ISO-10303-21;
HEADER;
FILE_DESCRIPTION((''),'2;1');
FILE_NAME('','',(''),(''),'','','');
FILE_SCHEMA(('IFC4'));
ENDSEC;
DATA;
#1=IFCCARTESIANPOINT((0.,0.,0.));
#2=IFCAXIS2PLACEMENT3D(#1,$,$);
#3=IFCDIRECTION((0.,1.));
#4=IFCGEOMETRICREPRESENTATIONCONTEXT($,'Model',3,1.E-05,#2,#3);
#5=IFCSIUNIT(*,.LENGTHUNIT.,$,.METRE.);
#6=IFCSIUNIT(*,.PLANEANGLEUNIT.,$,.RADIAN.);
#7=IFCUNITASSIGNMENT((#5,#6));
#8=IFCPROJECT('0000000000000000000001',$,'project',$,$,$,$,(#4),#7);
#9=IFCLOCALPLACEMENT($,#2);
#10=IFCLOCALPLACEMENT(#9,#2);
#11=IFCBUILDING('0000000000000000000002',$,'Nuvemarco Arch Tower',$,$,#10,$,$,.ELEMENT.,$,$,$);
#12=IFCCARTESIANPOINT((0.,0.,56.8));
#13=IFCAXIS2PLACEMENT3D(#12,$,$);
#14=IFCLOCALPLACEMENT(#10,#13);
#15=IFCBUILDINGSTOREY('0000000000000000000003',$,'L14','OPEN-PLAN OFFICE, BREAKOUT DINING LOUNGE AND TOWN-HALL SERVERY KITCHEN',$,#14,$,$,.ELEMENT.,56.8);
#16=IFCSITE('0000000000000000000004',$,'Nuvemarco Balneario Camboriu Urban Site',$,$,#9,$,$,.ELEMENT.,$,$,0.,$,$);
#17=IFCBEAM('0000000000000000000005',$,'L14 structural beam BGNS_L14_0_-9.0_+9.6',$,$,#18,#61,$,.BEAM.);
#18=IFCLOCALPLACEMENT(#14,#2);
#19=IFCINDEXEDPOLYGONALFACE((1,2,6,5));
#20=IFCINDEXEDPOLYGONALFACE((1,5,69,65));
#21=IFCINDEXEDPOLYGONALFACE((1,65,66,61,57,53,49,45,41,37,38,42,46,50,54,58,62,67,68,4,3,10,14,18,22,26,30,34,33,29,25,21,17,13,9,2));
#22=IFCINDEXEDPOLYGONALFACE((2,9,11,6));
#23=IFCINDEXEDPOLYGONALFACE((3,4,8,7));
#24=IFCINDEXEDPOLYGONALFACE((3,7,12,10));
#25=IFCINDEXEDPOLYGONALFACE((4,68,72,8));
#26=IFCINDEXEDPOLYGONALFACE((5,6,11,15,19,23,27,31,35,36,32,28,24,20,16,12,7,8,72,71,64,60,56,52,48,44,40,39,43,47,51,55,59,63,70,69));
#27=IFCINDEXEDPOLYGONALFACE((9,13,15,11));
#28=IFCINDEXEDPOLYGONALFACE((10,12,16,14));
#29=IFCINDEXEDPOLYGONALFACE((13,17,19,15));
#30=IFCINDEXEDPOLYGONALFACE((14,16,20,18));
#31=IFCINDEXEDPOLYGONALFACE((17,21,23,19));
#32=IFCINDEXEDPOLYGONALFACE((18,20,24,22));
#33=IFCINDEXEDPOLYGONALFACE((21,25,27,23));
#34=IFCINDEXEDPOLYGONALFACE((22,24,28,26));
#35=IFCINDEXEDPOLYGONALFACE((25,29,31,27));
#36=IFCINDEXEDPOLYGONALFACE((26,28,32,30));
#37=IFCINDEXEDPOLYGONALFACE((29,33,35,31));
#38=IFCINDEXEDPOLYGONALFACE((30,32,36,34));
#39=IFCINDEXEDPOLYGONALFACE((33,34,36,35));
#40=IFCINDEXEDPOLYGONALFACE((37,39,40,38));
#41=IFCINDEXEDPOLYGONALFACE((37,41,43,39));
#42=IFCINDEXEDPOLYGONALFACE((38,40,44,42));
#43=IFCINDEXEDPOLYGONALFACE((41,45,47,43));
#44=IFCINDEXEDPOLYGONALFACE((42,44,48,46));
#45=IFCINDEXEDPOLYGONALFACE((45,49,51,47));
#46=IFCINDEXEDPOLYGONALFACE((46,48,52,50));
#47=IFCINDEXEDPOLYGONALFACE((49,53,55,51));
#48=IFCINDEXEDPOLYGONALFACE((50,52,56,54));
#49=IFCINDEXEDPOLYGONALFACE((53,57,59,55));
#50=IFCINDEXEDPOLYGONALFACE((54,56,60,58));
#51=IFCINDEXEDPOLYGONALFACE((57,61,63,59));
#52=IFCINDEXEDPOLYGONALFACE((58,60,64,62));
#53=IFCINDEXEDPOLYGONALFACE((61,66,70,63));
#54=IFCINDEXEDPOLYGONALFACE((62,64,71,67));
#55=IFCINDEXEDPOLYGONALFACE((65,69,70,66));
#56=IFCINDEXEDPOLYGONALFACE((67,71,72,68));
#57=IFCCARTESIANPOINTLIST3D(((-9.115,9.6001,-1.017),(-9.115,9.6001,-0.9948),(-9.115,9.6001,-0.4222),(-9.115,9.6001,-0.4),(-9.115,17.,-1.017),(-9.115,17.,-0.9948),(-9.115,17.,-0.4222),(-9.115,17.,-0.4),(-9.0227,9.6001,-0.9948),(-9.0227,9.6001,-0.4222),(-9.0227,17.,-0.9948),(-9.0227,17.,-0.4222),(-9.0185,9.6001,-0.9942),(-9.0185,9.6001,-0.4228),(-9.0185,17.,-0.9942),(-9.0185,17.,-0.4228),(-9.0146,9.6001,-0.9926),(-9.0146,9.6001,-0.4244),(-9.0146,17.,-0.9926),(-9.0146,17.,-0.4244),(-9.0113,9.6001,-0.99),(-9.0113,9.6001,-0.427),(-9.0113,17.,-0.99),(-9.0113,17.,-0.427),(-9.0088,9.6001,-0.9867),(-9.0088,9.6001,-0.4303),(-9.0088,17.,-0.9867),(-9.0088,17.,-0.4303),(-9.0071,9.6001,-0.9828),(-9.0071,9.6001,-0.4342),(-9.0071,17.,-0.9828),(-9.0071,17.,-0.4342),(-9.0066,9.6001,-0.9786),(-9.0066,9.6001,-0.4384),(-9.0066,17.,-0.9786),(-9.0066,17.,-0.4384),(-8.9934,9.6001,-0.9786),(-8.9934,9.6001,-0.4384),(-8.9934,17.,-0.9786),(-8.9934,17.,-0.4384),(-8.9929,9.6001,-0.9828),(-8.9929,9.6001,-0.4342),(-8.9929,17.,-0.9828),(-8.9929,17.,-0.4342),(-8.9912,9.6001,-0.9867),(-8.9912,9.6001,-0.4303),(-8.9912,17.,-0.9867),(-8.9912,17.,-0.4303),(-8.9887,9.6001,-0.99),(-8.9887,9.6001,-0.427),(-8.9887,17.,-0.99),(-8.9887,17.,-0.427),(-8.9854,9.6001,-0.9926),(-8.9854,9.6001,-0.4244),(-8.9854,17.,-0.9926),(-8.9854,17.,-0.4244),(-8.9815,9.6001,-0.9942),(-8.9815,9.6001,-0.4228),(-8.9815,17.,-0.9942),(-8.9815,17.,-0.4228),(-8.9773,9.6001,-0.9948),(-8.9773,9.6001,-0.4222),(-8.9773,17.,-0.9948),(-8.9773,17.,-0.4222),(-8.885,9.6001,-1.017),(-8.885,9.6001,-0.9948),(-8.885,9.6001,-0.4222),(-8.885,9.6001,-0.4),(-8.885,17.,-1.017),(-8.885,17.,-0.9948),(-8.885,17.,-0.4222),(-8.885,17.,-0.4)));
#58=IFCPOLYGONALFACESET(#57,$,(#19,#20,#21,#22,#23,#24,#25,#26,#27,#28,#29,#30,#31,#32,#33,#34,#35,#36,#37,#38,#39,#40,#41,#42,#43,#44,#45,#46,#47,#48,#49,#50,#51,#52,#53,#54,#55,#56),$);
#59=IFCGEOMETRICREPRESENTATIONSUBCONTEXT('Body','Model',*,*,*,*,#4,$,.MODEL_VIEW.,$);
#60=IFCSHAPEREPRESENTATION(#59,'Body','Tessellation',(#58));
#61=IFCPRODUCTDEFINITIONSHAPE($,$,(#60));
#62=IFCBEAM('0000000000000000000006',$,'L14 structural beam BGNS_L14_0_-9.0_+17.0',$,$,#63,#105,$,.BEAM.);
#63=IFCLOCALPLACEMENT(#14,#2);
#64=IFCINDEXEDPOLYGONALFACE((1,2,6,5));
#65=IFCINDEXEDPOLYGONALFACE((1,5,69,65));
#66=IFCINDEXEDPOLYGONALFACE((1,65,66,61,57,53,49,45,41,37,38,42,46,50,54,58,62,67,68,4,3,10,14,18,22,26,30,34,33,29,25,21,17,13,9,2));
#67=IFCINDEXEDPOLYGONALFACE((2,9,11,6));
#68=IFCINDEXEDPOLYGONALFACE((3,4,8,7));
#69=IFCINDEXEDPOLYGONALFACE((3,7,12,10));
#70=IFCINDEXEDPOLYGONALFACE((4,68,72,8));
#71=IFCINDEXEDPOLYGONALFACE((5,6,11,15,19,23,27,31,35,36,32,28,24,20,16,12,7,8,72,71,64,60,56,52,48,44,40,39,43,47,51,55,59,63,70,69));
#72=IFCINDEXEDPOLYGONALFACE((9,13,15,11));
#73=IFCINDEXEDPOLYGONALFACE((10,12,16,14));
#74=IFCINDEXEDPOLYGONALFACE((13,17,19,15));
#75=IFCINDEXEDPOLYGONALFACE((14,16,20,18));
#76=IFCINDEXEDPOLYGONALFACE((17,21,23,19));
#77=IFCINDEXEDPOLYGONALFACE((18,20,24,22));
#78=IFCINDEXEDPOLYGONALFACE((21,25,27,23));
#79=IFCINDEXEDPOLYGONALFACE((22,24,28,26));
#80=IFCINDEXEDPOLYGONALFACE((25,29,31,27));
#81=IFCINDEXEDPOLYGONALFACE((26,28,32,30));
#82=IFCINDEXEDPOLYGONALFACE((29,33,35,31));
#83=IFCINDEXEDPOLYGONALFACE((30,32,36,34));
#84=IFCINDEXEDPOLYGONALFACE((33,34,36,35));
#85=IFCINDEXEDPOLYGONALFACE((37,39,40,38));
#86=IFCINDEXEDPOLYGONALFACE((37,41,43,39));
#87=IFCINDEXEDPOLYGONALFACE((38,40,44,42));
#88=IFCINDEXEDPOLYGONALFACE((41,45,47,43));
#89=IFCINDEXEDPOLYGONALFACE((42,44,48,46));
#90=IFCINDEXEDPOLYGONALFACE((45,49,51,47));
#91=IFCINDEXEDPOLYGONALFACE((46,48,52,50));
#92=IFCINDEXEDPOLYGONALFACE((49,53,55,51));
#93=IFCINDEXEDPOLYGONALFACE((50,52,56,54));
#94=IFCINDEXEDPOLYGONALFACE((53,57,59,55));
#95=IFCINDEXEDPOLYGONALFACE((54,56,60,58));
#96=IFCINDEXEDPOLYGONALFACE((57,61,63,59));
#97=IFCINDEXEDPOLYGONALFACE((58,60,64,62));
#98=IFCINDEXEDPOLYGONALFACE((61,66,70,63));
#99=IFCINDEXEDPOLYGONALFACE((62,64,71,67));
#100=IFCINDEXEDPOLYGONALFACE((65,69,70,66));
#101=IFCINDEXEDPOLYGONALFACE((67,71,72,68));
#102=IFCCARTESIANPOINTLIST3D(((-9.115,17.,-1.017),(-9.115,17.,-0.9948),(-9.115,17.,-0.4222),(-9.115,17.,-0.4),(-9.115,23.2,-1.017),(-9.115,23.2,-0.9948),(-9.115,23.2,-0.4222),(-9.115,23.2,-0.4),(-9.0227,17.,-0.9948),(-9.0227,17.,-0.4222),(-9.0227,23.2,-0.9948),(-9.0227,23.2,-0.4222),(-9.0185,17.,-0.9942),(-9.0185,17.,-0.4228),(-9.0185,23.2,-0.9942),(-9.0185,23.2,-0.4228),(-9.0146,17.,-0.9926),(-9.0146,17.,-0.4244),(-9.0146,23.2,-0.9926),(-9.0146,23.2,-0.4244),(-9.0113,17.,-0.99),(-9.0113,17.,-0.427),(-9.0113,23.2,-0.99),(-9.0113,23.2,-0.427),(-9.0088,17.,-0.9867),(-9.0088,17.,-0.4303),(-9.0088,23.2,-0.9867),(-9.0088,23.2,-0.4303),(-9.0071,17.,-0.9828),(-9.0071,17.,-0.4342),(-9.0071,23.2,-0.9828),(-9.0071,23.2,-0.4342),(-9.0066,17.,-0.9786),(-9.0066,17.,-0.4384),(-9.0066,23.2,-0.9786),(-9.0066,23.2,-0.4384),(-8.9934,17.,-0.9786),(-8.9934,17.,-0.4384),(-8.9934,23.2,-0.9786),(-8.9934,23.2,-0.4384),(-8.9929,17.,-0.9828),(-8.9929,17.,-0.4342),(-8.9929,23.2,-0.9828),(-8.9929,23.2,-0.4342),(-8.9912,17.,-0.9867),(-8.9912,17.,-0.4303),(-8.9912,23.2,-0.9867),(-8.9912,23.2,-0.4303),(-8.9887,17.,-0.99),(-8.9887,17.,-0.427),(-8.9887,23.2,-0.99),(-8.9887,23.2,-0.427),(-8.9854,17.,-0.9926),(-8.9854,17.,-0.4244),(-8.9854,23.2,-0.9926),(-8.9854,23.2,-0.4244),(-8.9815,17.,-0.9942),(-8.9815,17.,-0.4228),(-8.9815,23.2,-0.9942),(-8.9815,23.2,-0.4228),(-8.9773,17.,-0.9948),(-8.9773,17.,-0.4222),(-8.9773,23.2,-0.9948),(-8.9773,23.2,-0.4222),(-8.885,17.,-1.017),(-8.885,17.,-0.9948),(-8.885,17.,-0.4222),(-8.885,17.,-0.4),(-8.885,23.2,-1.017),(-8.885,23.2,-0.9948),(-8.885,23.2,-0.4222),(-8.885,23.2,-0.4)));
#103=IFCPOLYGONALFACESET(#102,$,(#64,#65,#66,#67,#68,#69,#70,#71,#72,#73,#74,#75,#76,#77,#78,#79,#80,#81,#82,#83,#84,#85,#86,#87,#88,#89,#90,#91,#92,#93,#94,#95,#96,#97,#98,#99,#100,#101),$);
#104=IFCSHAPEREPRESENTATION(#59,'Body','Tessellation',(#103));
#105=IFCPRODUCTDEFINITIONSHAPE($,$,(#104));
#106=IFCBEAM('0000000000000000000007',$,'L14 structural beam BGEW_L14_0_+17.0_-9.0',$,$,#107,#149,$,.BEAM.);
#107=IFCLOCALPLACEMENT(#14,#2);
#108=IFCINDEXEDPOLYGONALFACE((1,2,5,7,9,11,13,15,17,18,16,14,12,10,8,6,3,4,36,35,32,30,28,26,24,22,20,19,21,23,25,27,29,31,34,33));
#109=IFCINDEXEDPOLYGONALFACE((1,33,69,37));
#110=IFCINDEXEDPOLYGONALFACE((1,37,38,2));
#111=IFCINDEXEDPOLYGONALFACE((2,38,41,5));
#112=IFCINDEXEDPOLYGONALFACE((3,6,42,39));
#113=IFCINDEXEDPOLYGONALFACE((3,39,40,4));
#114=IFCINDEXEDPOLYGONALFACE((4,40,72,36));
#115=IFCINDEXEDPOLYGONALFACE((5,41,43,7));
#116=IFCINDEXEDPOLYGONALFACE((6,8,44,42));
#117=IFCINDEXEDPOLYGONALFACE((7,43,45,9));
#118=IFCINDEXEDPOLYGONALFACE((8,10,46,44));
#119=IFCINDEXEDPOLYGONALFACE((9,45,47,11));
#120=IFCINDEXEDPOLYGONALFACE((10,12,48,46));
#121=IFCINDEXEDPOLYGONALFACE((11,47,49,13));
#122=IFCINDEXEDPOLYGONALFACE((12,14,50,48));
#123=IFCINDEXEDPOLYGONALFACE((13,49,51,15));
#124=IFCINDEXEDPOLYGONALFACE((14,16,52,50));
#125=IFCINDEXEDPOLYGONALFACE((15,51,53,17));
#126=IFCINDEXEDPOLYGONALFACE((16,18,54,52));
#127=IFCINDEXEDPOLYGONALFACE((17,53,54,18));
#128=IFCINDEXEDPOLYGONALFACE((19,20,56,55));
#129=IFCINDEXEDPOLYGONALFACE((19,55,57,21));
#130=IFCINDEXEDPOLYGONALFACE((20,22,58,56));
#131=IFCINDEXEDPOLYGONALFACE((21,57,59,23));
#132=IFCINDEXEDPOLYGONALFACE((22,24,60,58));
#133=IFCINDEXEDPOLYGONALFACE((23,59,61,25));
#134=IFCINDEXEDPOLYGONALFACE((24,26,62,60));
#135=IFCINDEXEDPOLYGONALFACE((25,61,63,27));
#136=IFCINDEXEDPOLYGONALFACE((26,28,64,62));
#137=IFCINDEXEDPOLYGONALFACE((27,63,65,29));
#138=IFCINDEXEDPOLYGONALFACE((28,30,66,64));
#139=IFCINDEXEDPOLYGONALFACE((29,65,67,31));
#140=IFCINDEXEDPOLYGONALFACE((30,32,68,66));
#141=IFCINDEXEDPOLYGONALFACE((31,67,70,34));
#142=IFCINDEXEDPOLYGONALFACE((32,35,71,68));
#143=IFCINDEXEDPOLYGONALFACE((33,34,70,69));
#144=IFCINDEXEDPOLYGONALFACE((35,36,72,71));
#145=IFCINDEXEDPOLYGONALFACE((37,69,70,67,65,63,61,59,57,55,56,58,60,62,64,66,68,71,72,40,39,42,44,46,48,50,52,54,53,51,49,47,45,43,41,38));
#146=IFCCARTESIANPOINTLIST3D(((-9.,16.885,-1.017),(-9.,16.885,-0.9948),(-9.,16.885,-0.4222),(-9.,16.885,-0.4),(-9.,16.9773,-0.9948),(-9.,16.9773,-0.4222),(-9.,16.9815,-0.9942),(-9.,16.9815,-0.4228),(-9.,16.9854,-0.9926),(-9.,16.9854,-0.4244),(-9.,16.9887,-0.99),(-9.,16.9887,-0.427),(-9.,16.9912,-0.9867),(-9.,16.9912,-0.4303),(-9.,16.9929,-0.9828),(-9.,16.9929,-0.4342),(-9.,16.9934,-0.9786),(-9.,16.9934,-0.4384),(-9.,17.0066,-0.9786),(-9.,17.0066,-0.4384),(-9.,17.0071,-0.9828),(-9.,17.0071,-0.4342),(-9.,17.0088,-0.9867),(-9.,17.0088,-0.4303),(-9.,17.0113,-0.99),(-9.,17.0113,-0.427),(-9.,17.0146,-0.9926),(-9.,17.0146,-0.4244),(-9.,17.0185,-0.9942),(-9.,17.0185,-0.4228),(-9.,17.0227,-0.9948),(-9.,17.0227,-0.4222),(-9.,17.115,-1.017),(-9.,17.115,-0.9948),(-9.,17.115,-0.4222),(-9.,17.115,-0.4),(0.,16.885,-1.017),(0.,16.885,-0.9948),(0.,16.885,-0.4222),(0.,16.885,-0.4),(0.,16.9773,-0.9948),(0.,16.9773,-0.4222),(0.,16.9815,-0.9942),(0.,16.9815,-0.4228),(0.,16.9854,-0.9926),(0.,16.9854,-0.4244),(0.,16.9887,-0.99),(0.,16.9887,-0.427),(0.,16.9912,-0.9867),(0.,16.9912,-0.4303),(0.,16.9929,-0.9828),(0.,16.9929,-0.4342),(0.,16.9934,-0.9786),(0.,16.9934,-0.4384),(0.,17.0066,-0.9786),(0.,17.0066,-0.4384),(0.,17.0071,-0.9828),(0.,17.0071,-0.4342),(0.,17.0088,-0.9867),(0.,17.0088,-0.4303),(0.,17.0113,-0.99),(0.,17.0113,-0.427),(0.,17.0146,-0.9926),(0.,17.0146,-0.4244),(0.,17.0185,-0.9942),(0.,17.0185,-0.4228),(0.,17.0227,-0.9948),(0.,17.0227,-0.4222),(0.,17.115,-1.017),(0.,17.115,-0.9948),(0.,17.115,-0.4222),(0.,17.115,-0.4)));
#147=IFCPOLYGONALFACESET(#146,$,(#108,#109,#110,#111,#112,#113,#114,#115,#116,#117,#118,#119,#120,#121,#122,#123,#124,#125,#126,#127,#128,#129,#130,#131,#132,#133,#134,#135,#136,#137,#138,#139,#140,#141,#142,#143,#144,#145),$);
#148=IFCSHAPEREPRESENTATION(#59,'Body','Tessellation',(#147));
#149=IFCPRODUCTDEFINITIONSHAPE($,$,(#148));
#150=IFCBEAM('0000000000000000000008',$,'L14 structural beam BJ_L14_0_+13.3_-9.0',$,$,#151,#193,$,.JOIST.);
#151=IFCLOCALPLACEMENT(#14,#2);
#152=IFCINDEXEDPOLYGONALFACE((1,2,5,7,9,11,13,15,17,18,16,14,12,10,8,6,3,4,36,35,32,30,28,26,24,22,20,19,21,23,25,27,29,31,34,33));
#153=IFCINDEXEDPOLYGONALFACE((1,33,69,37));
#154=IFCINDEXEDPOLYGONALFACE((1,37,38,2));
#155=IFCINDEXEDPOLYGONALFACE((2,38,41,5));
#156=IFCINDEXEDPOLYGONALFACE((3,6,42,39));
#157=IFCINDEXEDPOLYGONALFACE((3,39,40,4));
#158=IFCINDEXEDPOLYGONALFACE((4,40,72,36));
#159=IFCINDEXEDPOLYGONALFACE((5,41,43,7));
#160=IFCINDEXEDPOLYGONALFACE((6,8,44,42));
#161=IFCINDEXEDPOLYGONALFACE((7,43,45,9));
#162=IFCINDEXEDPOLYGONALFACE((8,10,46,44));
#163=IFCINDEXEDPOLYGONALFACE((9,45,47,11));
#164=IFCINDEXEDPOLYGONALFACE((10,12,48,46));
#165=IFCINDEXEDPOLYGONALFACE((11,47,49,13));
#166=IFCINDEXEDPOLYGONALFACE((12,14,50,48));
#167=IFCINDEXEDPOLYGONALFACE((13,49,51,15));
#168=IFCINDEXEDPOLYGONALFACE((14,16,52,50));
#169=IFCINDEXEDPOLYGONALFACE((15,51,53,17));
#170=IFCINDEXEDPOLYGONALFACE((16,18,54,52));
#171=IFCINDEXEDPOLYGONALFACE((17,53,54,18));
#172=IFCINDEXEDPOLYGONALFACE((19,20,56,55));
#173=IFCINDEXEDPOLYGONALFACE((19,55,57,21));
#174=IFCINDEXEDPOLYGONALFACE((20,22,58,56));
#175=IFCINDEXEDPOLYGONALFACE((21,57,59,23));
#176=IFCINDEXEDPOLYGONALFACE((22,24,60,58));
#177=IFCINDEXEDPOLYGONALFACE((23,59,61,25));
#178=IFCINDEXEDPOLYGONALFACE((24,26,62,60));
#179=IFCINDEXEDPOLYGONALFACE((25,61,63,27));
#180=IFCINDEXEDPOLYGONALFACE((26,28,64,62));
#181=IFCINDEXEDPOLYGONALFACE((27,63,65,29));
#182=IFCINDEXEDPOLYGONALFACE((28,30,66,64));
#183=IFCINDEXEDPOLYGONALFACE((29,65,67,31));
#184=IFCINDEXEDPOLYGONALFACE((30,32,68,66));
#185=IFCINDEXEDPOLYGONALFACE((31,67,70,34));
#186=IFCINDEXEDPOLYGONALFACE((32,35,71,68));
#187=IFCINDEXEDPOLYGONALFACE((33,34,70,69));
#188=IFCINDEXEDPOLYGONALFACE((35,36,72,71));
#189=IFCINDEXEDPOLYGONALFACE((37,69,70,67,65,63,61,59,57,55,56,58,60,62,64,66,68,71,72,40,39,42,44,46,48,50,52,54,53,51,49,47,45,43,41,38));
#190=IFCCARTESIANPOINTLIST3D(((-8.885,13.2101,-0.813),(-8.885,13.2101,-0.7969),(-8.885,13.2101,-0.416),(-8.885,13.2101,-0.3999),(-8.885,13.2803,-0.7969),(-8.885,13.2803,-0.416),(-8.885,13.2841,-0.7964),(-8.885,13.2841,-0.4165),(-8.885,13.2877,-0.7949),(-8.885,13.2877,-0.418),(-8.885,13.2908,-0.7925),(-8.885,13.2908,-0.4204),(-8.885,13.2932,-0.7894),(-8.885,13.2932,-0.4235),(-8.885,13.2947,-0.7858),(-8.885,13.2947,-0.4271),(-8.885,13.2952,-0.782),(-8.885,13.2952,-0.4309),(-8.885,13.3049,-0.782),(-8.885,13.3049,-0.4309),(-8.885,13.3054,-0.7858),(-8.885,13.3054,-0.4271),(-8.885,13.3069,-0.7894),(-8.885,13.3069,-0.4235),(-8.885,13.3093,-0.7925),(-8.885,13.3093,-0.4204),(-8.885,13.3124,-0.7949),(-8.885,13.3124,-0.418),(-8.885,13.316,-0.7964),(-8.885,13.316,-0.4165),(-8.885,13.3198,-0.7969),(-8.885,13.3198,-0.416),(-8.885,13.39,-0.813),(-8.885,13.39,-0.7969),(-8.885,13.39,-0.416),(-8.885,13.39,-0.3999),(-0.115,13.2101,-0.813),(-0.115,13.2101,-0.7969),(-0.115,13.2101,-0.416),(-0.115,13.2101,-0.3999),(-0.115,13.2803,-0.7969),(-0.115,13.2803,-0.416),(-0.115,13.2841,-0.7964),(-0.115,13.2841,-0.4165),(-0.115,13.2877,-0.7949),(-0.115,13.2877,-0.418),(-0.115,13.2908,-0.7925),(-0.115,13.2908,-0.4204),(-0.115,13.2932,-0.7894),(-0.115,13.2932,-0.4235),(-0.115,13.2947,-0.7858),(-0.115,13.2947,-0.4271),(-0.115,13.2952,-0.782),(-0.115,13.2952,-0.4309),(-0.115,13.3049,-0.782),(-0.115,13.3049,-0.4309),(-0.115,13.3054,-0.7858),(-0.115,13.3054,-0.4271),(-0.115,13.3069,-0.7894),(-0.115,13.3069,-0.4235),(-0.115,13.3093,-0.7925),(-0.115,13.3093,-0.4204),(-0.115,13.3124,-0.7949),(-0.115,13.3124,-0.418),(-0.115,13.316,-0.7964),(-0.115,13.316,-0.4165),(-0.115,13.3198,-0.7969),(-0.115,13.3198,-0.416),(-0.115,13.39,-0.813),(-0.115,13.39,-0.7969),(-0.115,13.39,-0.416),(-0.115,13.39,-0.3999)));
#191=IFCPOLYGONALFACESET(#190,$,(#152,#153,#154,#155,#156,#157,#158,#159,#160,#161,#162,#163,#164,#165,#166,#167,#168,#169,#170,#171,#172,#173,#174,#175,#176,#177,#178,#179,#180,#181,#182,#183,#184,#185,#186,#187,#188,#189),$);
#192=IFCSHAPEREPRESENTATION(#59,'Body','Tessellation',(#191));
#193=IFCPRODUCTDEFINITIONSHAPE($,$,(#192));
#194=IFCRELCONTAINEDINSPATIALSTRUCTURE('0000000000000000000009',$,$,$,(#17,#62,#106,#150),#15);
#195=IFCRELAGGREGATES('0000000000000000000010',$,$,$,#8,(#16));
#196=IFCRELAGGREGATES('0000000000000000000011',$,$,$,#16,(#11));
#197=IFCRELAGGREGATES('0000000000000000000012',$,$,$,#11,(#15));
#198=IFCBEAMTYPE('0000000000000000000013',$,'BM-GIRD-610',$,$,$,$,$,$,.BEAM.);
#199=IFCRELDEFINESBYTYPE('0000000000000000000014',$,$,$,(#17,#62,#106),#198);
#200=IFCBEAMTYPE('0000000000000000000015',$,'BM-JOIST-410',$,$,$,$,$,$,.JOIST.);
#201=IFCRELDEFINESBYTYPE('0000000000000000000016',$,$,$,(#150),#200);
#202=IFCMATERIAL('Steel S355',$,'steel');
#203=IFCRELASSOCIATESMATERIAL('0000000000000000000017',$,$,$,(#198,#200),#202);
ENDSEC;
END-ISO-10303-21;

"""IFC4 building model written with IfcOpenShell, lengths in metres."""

from ifc_helpers import new_model, si_unit, direction, frame, origin, origin_2d, place, context, subcontext, project, spatial, i_section, extrude, material, material_profile, profile_set, type_object, element, save


model = new_model("IFC4")

# Units and contexts
model_context = context("Model", 3, precision=1e-05, world=origin(), true_north=direction((0.0, 1.0)))
body_context = subcontext(model_context, "Body", "Model", "MODEL_VIEW")
ifc_project = project(units=[si_unit("LENGTHUNIT", "METRE"), si_unit("PLANEANGLEUNIT", "RADIAN")], contexts=[model_context])

# Site, building, storey
site_placement = place(None, origin())
site = spatial("IfcSite", under=ifc_project, at=site_placement, Name="Nuvemarco Balneario Camboriu Urban Site", CompositionType="ELEMENT", RefElevation=0.0)
building_placement = place(site_placement, origin())
building = spatial("IfcBuilding", under=site, at=building_placement, Name="Nuvemarco Arch Tower", CompositionType="ELEMENT")
storey_placement = place(building_placement, frame((0.0, 0.0, 56.8)))
storey = spatial("IfcBuildingStorey", under=building, at=storey_placement, Name="L14", Description="OPEN-PLAN OFFICE, BREAKOUT DINING LOUNGE AND TOWN-HALL SERVERY KITCHEN", CompositionType="ELEMENT", Elevation=56.8)

# Shared definitions
ifc_material_1 = material(Name="Steel S355", Category="steel")

# Beams
ifc_material_profile_1 = material_profile(ifc_material_1, i_section(OverallWidth=0.23, OverallDepth=0.6169, WebThickness=0.0132, FlangeThickness=0.0222, FilletRadius=0.0161, at=origin_2d()), Name="W610x140")
ifc_profile_set_1 = profile_set([ifc_material_profile_1], Name="Steel S355")
beam_type_1 = type_object("IfcBeamType", Name="BM-GIRD-610", PredefinedType="BEAM", material=ifc_profile_set_1)
beam_1_placement = place(storey_placement, frame((-9.0, 9.6001, -0.7085), z_axis=(0.0, 1.0, 0.0), x_axis=(-1.0, 0.0, 0.0)))
element("IfcBeam", 1, at=beam_1_placement, inside=storey, type_object=beam_type_1, Name="L14 structural beam BGNS_L14_0_-9.0_+9.6", PredefinedType="BEAM", context=body_context, shape_type="SweptSolid", body=[
    extrude(i_section(OverallWidth=0.23, OverallDepth=0.6169, WebThickness=0.0132, FlangeThickness=0.0222, FilletRadius=0.0161, at=origin_2d()), origin(), (0.0, 0.0, 1.0), 7.3999),
])
beam_2_placement = place(storey_placement, frame((-9.0, 17.0, -0.7085), z_axis=(0.0, 1.0, 0.0), x_axis=(-1.0, 0.0, 0.0)))
element("IfcBeam", 2, at=beam_2_placement, inside=storey, type_object=beam_type_1, Name="L14 structural beam BGNS_L14_0_-9.0_+17.0", PredefinedType="BEAM", context=body_context, shape_type="SweptSolid", body=[
    extrude(i_section(OverallWidth=0.23, OverallDepth=0.6169, WebThickness=0.0132, FlangeThickness=0.0222, FilletRadius=0.0161, at=origin_2d()), origin(), (0.0, 0.0, 1.0), 6.2),
])
beam_3_placement = place(storey_placement, frame((-9.0, 17.0, -0.7085), z_axis=(1.0, 0.0, 0.0), x_axis=(0.0, 1.0, 0.0)))
element("IfcBeam", 3, at=beam_3_placement, inside=storey, type_object=beam_type_1, Name="L14 structural beam BGEW_L14_0_+17.0_-9.0", PredefinedType="BEAM", context=body_context, shape_type="SweptSolid", body=[
    extrude(i_section(OverallWidth=0.23, OverallDepth=0.6169, WebThickness=0.0132, FlangeThickness=0.0222, FilletRadius=0.0161, at=origin_2d()), origin(), (0.0, 0.0, 1.0), 9.0),
])
ifc_material_profile_2 = material_profile(ifc_material_1, i_section(OverallWidth=0.1799, OverallDepth=0.4131, WebThickness=0.0098, FlangeThickness=0.0161, FilletRadius=0.0149, at=origin_2d()), Name="W410x75")
ifc_profile_set_2 = profile_set([ifc_material_profile_2], Name="Steel S355")
beam_type_2 = type_object("IfcBeamType", Name="BM-JOIST-410", PredefinedType="JOIST", material=ifc_profile_set_2)
beam_4_placement = place(storey_placement, frame((-8.885, 13.3, -0.6064), z_axis=(1.0, 0.0, 0.0), x_axis=(0.0, 1.0, 0.0)))
element("IfcBeam", 4, at=beam_4_placement, inside=storey, type_object=beam_type_2, Name="L14 structural beam BJ_L14_0_+13.3_-9.0", PredefinedType="JOIST", context=body_context, shape_type="SweptSolid", body=[
    extrude(i_section(OverallWidth=0.1799, OverallDepth=0.4131, WebThickness=0.0098, FlangeThickness=0.0161, FilletRadius=0.0149, at=origin_2d()), origin(), (0.0, 0.0, 1.0), 8.77),
])

save(model, "model.ifc")
